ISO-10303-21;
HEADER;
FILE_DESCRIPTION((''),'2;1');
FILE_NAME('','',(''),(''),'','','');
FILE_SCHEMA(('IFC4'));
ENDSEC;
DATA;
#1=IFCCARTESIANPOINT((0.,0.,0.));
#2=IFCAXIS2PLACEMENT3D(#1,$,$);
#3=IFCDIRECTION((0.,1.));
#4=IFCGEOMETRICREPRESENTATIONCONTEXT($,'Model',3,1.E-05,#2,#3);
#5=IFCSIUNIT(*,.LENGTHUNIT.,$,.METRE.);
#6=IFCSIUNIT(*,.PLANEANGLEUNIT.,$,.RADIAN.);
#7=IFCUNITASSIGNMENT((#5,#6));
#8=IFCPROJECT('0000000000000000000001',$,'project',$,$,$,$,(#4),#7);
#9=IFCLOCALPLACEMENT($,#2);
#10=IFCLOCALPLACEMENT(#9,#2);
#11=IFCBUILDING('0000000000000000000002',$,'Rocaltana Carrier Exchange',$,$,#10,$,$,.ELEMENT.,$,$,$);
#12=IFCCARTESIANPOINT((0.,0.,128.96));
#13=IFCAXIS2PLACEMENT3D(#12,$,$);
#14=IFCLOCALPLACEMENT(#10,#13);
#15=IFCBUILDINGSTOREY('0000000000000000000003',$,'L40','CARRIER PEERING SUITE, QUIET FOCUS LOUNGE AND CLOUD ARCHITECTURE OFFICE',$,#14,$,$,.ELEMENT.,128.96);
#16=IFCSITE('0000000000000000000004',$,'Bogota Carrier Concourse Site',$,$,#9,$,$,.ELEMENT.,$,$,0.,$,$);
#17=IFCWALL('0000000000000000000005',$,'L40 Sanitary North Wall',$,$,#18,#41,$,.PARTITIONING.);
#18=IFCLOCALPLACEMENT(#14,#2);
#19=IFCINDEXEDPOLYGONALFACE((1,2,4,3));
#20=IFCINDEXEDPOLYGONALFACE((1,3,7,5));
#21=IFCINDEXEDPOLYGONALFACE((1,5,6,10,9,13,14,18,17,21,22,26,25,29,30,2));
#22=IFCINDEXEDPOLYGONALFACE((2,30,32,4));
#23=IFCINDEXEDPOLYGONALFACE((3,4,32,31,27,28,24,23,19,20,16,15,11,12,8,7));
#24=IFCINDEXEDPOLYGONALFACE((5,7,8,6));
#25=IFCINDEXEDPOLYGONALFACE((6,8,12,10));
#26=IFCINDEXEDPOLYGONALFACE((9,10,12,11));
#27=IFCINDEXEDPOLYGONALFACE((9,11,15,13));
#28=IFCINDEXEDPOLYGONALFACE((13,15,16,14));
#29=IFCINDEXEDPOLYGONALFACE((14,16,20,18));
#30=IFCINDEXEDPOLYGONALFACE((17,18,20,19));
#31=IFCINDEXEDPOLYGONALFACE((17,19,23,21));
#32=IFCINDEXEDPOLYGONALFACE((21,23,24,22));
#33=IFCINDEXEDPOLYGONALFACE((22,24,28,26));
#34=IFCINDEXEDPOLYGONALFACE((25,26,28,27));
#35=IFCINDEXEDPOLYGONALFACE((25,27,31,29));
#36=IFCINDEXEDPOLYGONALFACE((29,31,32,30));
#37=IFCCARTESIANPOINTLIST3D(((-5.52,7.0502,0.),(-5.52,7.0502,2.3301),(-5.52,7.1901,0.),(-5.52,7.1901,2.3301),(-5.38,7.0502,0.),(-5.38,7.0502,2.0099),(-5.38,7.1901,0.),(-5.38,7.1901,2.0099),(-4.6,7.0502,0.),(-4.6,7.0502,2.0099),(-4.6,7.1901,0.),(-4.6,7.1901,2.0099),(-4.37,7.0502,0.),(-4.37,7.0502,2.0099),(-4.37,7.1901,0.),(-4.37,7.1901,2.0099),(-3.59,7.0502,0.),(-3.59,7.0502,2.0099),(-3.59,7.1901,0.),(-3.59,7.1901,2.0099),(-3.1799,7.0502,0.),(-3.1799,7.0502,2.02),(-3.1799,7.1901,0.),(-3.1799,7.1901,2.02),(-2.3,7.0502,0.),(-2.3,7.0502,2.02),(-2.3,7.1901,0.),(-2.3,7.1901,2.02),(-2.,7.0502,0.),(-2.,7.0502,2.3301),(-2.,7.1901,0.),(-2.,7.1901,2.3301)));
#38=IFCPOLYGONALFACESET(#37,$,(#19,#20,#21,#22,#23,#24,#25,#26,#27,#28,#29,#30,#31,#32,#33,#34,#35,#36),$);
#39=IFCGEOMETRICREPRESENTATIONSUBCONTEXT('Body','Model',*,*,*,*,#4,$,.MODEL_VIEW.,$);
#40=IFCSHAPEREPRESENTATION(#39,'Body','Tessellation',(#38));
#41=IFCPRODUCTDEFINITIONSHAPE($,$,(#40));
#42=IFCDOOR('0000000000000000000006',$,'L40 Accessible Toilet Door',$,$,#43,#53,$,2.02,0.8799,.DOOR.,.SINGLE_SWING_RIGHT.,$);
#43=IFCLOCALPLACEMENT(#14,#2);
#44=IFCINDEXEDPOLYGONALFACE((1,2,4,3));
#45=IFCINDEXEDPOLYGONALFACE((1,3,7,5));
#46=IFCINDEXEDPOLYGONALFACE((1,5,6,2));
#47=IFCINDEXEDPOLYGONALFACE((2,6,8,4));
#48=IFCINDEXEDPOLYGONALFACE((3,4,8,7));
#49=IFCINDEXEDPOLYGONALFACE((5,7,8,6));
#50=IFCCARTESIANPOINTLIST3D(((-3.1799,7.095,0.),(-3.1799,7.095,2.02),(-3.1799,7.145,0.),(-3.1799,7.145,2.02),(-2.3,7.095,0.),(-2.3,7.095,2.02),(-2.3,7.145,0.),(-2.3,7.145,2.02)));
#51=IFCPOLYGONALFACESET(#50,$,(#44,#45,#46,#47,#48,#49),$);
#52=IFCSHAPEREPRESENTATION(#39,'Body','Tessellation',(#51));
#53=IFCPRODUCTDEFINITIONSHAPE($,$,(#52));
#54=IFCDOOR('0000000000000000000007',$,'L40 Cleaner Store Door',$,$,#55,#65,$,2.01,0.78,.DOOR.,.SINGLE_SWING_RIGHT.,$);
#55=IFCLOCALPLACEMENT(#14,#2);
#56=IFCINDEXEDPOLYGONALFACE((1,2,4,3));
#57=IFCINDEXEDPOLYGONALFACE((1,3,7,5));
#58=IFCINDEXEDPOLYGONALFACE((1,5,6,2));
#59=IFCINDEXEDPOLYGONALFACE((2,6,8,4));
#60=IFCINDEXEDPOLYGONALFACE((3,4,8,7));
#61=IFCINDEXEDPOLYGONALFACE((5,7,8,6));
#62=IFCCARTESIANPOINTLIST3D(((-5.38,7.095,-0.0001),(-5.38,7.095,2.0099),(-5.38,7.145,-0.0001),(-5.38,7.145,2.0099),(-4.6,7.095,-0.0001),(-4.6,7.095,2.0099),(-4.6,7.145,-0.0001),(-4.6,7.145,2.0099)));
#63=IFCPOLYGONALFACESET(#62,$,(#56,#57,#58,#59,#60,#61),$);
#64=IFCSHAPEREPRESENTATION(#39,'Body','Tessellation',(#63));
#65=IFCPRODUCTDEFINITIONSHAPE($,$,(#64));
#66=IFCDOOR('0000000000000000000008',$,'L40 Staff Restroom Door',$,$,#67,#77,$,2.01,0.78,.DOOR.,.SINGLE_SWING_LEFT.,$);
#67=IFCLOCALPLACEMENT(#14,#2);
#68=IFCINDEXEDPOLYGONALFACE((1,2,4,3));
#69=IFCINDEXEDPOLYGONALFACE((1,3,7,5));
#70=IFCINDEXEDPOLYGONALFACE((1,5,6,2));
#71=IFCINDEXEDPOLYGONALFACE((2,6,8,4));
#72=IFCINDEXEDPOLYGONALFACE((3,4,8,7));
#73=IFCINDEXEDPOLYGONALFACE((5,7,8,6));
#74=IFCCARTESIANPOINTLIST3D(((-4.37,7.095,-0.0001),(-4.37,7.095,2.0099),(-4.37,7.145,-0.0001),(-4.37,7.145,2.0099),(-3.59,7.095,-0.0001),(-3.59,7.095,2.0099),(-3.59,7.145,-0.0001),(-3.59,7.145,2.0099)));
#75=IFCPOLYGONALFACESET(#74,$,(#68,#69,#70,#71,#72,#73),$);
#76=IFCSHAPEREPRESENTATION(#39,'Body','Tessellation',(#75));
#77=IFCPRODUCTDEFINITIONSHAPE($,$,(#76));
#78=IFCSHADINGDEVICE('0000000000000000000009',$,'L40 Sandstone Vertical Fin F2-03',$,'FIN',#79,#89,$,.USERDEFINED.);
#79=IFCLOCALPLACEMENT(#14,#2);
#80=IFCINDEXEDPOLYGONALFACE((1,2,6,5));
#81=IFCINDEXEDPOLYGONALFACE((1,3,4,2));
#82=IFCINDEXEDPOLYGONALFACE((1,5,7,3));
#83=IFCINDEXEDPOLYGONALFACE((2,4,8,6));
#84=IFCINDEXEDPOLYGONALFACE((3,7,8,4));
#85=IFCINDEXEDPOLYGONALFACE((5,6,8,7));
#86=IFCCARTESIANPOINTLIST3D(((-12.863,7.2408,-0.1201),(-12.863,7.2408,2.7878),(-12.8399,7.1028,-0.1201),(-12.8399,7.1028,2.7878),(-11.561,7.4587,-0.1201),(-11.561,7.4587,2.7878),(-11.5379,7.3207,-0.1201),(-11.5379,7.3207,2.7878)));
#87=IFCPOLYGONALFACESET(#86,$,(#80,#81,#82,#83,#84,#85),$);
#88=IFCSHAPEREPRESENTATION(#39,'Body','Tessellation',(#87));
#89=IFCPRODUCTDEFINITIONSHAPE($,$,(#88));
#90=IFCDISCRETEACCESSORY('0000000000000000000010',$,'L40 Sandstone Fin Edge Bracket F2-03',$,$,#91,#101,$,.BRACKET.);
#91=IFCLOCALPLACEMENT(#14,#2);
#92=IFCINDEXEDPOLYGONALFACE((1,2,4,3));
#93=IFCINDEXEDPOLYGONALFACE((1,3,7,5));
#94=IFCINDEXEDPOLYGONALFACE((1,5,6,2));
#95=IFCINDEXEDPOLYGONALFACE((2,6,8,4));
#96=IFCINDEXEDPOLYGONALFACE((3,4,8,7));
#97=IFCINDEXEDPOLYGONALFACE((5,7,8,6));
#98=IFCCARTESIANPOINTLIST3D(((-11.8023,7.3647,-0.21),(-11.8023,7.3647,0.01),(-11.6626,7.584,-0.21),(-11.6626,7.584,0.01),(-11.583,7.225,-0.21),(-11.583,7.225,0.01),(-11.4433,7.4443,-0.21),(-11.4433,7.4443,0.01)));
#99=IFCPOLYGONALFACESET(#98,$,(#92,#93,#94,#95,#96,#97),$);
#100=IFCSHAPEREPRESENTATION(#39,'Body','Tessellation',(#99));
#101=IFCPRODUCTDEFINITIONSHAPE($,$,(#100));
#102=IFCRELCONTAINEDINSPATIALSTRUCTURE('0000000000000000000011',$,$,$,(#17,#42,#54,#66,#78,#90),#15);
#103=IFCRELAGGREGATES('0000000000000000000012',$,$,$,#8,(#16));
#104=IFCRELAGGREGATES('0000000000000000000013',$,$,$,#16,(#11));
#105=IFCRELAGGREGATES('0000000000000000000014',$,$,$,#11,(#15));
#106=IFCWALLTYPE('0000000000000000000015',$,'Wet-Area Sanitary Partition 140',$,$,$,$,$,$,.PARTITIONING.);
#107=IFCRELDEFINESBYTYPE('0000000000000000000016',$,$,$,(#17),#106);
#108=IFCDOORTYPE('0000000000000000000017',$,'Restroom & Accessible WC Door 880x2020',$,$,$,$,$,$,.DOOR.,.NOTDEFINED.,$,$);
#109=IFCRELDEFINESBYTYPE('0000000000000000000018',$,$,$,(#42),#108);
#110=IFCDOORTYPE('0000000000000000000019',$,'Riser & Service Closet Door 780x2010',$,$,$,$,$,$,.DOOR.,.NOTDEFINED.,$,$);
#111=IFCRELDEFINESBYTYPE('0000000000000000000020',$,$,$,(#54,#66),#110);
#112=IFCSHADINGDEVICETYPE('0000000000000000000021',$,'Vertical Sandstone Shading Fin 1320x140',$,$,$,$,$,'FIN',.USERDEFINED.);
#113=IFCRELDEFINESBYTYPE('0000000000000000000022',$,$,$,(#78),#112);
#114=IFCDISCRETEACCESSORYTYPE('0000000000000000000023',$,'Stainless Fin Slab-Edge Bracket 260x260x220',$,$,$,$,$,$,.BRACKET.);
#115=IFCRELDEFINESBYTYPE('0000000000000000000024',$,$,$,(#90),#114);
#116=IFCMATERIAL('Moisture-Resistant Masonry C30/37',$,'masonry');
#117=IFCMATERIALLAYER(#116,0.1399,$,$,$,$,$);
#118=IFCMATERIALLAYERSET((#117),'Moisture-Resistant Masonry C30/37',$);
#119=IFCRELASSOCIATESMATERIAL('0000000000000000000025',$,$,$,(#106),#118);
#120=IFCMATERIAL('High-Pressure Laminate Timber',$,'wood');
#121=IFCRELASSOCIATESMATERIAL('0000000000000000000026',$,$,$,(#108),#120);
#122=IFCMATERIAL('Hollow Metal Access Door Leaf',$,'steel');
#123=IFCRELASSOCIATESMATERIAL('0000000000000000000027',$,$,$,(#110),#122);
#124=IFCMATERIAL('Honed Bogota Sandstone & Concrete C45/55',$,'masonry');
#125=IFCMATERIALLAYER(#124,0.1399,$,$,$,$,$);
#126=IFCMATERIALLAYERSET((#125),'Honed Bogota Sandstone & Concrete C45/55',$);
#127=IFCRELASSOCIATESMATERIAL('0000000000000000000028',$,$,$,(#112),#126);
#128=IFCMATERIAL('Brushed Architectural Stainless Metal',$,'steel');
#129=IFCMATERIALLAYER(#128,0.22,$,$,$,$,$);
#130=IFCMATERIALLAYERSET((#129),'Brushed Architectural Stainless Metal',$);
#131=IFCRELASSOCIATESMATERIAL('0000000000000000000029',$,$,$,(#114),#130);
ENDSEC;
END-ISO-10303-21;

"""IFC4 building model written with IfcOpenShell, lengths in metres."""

from ifc_helpers import new_model, si_unit, direction, frame, frame_2d, origin, origin_2d, place, context, subcontext, project, spatial, rectangle, extrude, material, layer, layer_set, type_object, element, fill, save


model = new_model("IFC4")

# Units and contexts
model_context = context("Model", 3, precision=1e-05, world=origin(), true_north=direction((0.0, 1.0)))
body_context = subcontext(model_context, "Body", "Model", "MODEL_VIEW")
ifc_project = project(units=[si_unit("LENGTHUNIT", "METRE"), si_unit("PLANEANGLEUNIT", "RADIAN")], contexts=[model_context])

# Site, building, storey
site_placement = place(None, origin())
site = spatial("IfcSite", under=ifc_project, at=site_placement, Name="Bogota Carrier Concourse Site", CompositionType="ELEMENT", RefElevation=0.0)
building_placement = place(site_placement, origin())
building = spatial("IfcBuilding", under=site, at=building_placement, Name="Rocaltana Carrier Exchange", CompositionType="ELEMENT")
storey_placement = place(building_placement, frame((0.0, 0.0, 128.96)))
storey = spatial("IfcBuildingStorey", under=building, at=storey_placement, Name="L40", Description="CARRIER PEERING SUITE, QUIET FOCUS LOUNGE AND CLOUD ARCHITECTURE OFFICE", CompositionType="ELEMENT", Elevation=128.96)

# Shared definitions
ifc_material_1 = material(Name="Moisture-Resistant Masonry C30/37", Category="masonry")
ifc_layer_1 = layer(ifc_material_1, 0.1399)
ifc_layer_set_1 = layer_set([ifc_layer_1], Name="Moisture-Resistant Masonry C30/37")
wall_type_1 = type_object("IfcWallType", Name="Wet-Area Sanitary Partition 140", PredefinedType="PARTITIONING", material=ifc_layer_set_1)

# Wall, openings, doors
wall_1_placement = place(storey_placement, frame((-5.52, 7.1201, 0.0), z_axis=(0.0, 0.0, 1.0), x_axis=(1.0, 0.0, 0.0)))
wall_1 = element("IfcWall", 1, at=wall_1_placement, inside=storey, type_object=wall_type_1, Name="L40 Sanitary North Wall", PredefinedType="PARTITIONING", context=body_context, shape_type="SweptSolid", body=[
    extrude(rectangle(XDim=3.52, YDim=0.1399, at=frame_2d((1.76, 0.0))), origin(), (0.0, 0.0, 1.0), 2.3301),
])
opening_1_placement = place(wall_1_placement, frame((0.1399, 0.0, 0.0)))
opening_1 = element("IfcOpeningElement", 2, at=opening_1_placement, cuts=wall_1, PredefinedType="OPENING", context=body_context, shape_type="SweptSolid", body=[
    extrude(rectangle(XDim=0.78, YDim=2.01, at=frame_2d((0.3901, 1.0049))), frame((0.0, 0.0798, 0.0), z_axis=(0.0, -1.0, 0.0), x_axis=(1.0, 0.0, 0.0)), (0.0, 0.0, 1.0), 0.1599),
])
opening_2_placement = place(wall_1_placement, frame((1.1499, 0.0, 0.0)))
opening_2 = element("IfcOpeningElement", 3, at=opening_2_placement, cuts=wall_1, PredefinedType="OPENING", context=body_context, shape_type="SweptSolid", body=[
    extrude(rectangle(XDim=0.78, YDim=2.01, at=frame_2d((0.3901, 1.0049))), frame((0.0, 0.0798, 0.0), z_axis=(0.0, -1.0, 0.0), x_axis=(1.0, 0.0, 0.0)), (0.0, 0.0, 1.0), 0.1599),
])
opening_3_placement = place(wall_1_placement, frame((2.3401, 0.0, 0.0)))
opening_3 = element("IfcOpeningElement", 4, at=opening_3_placement, cuts=wall_1, PredefinedType="OPENING", context=body_context, shape_type="SweptSolid", body=[
    extrude(rectangle(XDim=0.8799, YDim=2.02, at=frame_2d((0.4399, 1.01))), frame((0.0, 0.0798, 0.0), z_axis=(0.0, -1.0, 0.0), x_axis=(1.0, 0.0, 0.0)), (0.0, 0.0, 1.0), 0.1599),
])
ifc_material_2 = material(Name="High-Pressure Laminate Timber", Category="wood")
door_type_1 = type_object("IfcDoorType", Name="Restroom & Accessible WC Door 880x2020", OperationType="NOTDEFINED", PredefinedType="DOOR", material=ifc_material_2)
door_1_placement = place(opening_3_placement, origin())
door_1 = element("IfcDoor", 5, at=door_1_placement, inside=storey, type_object=door_type_1, Name="L40 Accessible Toilet Door", OperationType="SINGLE_SWING_RIGHT", OverallHeight=2.02, OverallWidth=0.8799, PredefinedType="DOOR", context=body_context, shape_type="SweptSolid", body=[
    extrude(rectangle(XDim=0.8799, YDim=2.02, at=frame_2d((0.4399, 1.01))), frame((0.0, 0.0249, 0.0), z_axis=(0.0, -1.0, 0.0), x_axis=(1.0, 0.0, 0.0)), (0.0, 0.0, 1.0), 0.05),
])
fill(opening_3, door_1)
ifc_material_3 = material(Name="Hollow Metal Access Door Leaf", Category="steel")
door_type_2 = type_object("IfcDoorType", Name="Riser & Service Closet Door 780x2010", OperationType="NOTDEFINED", PredefinedType="DOOR", material=ifc_material_3)
door_2_placement = place(opening_1_placement, origin())
door_2 = element("IfcDoor", 6, at=door_2_placement, inside=storey, type_object=door_type_2, Name="L40 Cleaner Store Door", OperationType="SINGLE_SWING_RIGHT", OverallHeight=2.01, OverallWidth=0.78, PredefinedType="DOOR", context=body_context, shape_type="SweptSolid", body=[
    extrude(rectangle(XDim=0.78, YDim=2.01, at=frame_2d((0.3901, 1.0049))), frame((0.0, 0.0249, 0.0), z_axis=(0.0, -1.0, 0.0), x_axis=(1.0, 0.0, 0.0)), (0.0, 0.0, 1.0), 0.05),
])
fill(opening_1, door_2)
door_3_placement = place(opening_2_placement, origin())
door_3 = element("IfcDoor", 7, at=door_3_placement, inside=storey, type_object=door_type_2, Name="L40 Staff Restroom Door", OperationType="SINGLE_SWING_LEFT", OverallHeight=2.01, OverallWidth=0.78, PredefinedType="DOOR", context=body_context, shape_type="SweptSolid", body=[
    extrude(rectangle(XDim=0.78, YDim=2.01, at=frame_2d((0.3901, 1.0049))), frame((0.0, 0.0249, 0.0), z_axis=(0.0, -1.0, 0.0), x_axis=(1.0, 0.0, 0.0)), (0.0, 0.0, 1.0), 0.05),
])
fill(opening_2, door_3)

# Shading device
ifc_material_4 = material(Name="Honed Bogota Sandstone & Concrete C45/55", Category="masonry")
ifc_layer_2 = layer(ifc_material_4, 0.1399)
ifc_layer_set_2 = layer_set([ifc_layer_2], Name="Honed Bogota Sandstone & Concrete C45/55")
shading_device_type = type_object("IfcShadingDeviceType", Name="Vertical Sandstone Shading Fin 1320x140", ElementType="FIN", PredefinedType="USERDEFINED", material=ifc_layer_set_2)
shading_device_placement = place(storey_placement, frame((-12.2004, 7.2808, -0.1201), z_axis=(0.0, 0.0, 1.0), x_axis=(-0.986286, -0.165048, 0.0)))
element("IfcShadingDevice", 8, at=shading_device_placement, inside=storey, type_object=shading_device_type, Name="L40 Sandstone Vertical Fin F2-03", ObjectType="FIN", PredefinedType="USERDEFINED", context=body_context, shape_type="SweptSolid", body=[
    extrude(rectangle(XDim=1.3201, YDim=0.1399, at=origin_2d()), origin(), (0.0, 0.0, 1.0), 2.908),
])

# Discrete accessory
ifc_material_5 = material(Name="Brushed Architectural Stainless Metal", Category="steel")
ifc_layer_3 = layer(ifc_material_5, 0.22)
ifc_layer_set_3 = layer_set([ifc_layer_3], Name="Brushed Architectural Stainless Metal")
discrete_accessory_type = type_object("IfcDiscreteAccessoryType", Name="Stainless Fin Slab-Edge Bracket 260x260x220", PredefinedType="BRACKET", material=ifc_layer_set_3)
discrete_accessory_placement = place(storey_placement, frame((-11.6228, 7.4045, -0.21), z_axis=(0.0, 0.0, 1.0), x_axis=(-0.5373, -0.843391, 0.0)))
element("IfcDiscreteAccessory", 9, at=discrete_accessory_placement, inside=storey, type_object=discrete_accessory_type, Name="L40 Sandstone Fin Edge Bracket F2-03", PredefinedType="BRACKET", context=body_context, shape_type="SweptSolid", body=[
    extrude(rectangle(XDim=0.26, YDim=0.26, at=origin_2d()), origin(), (0.0, 0.0, 1.0), 0.22),
])

save(model, "model.ifc")
